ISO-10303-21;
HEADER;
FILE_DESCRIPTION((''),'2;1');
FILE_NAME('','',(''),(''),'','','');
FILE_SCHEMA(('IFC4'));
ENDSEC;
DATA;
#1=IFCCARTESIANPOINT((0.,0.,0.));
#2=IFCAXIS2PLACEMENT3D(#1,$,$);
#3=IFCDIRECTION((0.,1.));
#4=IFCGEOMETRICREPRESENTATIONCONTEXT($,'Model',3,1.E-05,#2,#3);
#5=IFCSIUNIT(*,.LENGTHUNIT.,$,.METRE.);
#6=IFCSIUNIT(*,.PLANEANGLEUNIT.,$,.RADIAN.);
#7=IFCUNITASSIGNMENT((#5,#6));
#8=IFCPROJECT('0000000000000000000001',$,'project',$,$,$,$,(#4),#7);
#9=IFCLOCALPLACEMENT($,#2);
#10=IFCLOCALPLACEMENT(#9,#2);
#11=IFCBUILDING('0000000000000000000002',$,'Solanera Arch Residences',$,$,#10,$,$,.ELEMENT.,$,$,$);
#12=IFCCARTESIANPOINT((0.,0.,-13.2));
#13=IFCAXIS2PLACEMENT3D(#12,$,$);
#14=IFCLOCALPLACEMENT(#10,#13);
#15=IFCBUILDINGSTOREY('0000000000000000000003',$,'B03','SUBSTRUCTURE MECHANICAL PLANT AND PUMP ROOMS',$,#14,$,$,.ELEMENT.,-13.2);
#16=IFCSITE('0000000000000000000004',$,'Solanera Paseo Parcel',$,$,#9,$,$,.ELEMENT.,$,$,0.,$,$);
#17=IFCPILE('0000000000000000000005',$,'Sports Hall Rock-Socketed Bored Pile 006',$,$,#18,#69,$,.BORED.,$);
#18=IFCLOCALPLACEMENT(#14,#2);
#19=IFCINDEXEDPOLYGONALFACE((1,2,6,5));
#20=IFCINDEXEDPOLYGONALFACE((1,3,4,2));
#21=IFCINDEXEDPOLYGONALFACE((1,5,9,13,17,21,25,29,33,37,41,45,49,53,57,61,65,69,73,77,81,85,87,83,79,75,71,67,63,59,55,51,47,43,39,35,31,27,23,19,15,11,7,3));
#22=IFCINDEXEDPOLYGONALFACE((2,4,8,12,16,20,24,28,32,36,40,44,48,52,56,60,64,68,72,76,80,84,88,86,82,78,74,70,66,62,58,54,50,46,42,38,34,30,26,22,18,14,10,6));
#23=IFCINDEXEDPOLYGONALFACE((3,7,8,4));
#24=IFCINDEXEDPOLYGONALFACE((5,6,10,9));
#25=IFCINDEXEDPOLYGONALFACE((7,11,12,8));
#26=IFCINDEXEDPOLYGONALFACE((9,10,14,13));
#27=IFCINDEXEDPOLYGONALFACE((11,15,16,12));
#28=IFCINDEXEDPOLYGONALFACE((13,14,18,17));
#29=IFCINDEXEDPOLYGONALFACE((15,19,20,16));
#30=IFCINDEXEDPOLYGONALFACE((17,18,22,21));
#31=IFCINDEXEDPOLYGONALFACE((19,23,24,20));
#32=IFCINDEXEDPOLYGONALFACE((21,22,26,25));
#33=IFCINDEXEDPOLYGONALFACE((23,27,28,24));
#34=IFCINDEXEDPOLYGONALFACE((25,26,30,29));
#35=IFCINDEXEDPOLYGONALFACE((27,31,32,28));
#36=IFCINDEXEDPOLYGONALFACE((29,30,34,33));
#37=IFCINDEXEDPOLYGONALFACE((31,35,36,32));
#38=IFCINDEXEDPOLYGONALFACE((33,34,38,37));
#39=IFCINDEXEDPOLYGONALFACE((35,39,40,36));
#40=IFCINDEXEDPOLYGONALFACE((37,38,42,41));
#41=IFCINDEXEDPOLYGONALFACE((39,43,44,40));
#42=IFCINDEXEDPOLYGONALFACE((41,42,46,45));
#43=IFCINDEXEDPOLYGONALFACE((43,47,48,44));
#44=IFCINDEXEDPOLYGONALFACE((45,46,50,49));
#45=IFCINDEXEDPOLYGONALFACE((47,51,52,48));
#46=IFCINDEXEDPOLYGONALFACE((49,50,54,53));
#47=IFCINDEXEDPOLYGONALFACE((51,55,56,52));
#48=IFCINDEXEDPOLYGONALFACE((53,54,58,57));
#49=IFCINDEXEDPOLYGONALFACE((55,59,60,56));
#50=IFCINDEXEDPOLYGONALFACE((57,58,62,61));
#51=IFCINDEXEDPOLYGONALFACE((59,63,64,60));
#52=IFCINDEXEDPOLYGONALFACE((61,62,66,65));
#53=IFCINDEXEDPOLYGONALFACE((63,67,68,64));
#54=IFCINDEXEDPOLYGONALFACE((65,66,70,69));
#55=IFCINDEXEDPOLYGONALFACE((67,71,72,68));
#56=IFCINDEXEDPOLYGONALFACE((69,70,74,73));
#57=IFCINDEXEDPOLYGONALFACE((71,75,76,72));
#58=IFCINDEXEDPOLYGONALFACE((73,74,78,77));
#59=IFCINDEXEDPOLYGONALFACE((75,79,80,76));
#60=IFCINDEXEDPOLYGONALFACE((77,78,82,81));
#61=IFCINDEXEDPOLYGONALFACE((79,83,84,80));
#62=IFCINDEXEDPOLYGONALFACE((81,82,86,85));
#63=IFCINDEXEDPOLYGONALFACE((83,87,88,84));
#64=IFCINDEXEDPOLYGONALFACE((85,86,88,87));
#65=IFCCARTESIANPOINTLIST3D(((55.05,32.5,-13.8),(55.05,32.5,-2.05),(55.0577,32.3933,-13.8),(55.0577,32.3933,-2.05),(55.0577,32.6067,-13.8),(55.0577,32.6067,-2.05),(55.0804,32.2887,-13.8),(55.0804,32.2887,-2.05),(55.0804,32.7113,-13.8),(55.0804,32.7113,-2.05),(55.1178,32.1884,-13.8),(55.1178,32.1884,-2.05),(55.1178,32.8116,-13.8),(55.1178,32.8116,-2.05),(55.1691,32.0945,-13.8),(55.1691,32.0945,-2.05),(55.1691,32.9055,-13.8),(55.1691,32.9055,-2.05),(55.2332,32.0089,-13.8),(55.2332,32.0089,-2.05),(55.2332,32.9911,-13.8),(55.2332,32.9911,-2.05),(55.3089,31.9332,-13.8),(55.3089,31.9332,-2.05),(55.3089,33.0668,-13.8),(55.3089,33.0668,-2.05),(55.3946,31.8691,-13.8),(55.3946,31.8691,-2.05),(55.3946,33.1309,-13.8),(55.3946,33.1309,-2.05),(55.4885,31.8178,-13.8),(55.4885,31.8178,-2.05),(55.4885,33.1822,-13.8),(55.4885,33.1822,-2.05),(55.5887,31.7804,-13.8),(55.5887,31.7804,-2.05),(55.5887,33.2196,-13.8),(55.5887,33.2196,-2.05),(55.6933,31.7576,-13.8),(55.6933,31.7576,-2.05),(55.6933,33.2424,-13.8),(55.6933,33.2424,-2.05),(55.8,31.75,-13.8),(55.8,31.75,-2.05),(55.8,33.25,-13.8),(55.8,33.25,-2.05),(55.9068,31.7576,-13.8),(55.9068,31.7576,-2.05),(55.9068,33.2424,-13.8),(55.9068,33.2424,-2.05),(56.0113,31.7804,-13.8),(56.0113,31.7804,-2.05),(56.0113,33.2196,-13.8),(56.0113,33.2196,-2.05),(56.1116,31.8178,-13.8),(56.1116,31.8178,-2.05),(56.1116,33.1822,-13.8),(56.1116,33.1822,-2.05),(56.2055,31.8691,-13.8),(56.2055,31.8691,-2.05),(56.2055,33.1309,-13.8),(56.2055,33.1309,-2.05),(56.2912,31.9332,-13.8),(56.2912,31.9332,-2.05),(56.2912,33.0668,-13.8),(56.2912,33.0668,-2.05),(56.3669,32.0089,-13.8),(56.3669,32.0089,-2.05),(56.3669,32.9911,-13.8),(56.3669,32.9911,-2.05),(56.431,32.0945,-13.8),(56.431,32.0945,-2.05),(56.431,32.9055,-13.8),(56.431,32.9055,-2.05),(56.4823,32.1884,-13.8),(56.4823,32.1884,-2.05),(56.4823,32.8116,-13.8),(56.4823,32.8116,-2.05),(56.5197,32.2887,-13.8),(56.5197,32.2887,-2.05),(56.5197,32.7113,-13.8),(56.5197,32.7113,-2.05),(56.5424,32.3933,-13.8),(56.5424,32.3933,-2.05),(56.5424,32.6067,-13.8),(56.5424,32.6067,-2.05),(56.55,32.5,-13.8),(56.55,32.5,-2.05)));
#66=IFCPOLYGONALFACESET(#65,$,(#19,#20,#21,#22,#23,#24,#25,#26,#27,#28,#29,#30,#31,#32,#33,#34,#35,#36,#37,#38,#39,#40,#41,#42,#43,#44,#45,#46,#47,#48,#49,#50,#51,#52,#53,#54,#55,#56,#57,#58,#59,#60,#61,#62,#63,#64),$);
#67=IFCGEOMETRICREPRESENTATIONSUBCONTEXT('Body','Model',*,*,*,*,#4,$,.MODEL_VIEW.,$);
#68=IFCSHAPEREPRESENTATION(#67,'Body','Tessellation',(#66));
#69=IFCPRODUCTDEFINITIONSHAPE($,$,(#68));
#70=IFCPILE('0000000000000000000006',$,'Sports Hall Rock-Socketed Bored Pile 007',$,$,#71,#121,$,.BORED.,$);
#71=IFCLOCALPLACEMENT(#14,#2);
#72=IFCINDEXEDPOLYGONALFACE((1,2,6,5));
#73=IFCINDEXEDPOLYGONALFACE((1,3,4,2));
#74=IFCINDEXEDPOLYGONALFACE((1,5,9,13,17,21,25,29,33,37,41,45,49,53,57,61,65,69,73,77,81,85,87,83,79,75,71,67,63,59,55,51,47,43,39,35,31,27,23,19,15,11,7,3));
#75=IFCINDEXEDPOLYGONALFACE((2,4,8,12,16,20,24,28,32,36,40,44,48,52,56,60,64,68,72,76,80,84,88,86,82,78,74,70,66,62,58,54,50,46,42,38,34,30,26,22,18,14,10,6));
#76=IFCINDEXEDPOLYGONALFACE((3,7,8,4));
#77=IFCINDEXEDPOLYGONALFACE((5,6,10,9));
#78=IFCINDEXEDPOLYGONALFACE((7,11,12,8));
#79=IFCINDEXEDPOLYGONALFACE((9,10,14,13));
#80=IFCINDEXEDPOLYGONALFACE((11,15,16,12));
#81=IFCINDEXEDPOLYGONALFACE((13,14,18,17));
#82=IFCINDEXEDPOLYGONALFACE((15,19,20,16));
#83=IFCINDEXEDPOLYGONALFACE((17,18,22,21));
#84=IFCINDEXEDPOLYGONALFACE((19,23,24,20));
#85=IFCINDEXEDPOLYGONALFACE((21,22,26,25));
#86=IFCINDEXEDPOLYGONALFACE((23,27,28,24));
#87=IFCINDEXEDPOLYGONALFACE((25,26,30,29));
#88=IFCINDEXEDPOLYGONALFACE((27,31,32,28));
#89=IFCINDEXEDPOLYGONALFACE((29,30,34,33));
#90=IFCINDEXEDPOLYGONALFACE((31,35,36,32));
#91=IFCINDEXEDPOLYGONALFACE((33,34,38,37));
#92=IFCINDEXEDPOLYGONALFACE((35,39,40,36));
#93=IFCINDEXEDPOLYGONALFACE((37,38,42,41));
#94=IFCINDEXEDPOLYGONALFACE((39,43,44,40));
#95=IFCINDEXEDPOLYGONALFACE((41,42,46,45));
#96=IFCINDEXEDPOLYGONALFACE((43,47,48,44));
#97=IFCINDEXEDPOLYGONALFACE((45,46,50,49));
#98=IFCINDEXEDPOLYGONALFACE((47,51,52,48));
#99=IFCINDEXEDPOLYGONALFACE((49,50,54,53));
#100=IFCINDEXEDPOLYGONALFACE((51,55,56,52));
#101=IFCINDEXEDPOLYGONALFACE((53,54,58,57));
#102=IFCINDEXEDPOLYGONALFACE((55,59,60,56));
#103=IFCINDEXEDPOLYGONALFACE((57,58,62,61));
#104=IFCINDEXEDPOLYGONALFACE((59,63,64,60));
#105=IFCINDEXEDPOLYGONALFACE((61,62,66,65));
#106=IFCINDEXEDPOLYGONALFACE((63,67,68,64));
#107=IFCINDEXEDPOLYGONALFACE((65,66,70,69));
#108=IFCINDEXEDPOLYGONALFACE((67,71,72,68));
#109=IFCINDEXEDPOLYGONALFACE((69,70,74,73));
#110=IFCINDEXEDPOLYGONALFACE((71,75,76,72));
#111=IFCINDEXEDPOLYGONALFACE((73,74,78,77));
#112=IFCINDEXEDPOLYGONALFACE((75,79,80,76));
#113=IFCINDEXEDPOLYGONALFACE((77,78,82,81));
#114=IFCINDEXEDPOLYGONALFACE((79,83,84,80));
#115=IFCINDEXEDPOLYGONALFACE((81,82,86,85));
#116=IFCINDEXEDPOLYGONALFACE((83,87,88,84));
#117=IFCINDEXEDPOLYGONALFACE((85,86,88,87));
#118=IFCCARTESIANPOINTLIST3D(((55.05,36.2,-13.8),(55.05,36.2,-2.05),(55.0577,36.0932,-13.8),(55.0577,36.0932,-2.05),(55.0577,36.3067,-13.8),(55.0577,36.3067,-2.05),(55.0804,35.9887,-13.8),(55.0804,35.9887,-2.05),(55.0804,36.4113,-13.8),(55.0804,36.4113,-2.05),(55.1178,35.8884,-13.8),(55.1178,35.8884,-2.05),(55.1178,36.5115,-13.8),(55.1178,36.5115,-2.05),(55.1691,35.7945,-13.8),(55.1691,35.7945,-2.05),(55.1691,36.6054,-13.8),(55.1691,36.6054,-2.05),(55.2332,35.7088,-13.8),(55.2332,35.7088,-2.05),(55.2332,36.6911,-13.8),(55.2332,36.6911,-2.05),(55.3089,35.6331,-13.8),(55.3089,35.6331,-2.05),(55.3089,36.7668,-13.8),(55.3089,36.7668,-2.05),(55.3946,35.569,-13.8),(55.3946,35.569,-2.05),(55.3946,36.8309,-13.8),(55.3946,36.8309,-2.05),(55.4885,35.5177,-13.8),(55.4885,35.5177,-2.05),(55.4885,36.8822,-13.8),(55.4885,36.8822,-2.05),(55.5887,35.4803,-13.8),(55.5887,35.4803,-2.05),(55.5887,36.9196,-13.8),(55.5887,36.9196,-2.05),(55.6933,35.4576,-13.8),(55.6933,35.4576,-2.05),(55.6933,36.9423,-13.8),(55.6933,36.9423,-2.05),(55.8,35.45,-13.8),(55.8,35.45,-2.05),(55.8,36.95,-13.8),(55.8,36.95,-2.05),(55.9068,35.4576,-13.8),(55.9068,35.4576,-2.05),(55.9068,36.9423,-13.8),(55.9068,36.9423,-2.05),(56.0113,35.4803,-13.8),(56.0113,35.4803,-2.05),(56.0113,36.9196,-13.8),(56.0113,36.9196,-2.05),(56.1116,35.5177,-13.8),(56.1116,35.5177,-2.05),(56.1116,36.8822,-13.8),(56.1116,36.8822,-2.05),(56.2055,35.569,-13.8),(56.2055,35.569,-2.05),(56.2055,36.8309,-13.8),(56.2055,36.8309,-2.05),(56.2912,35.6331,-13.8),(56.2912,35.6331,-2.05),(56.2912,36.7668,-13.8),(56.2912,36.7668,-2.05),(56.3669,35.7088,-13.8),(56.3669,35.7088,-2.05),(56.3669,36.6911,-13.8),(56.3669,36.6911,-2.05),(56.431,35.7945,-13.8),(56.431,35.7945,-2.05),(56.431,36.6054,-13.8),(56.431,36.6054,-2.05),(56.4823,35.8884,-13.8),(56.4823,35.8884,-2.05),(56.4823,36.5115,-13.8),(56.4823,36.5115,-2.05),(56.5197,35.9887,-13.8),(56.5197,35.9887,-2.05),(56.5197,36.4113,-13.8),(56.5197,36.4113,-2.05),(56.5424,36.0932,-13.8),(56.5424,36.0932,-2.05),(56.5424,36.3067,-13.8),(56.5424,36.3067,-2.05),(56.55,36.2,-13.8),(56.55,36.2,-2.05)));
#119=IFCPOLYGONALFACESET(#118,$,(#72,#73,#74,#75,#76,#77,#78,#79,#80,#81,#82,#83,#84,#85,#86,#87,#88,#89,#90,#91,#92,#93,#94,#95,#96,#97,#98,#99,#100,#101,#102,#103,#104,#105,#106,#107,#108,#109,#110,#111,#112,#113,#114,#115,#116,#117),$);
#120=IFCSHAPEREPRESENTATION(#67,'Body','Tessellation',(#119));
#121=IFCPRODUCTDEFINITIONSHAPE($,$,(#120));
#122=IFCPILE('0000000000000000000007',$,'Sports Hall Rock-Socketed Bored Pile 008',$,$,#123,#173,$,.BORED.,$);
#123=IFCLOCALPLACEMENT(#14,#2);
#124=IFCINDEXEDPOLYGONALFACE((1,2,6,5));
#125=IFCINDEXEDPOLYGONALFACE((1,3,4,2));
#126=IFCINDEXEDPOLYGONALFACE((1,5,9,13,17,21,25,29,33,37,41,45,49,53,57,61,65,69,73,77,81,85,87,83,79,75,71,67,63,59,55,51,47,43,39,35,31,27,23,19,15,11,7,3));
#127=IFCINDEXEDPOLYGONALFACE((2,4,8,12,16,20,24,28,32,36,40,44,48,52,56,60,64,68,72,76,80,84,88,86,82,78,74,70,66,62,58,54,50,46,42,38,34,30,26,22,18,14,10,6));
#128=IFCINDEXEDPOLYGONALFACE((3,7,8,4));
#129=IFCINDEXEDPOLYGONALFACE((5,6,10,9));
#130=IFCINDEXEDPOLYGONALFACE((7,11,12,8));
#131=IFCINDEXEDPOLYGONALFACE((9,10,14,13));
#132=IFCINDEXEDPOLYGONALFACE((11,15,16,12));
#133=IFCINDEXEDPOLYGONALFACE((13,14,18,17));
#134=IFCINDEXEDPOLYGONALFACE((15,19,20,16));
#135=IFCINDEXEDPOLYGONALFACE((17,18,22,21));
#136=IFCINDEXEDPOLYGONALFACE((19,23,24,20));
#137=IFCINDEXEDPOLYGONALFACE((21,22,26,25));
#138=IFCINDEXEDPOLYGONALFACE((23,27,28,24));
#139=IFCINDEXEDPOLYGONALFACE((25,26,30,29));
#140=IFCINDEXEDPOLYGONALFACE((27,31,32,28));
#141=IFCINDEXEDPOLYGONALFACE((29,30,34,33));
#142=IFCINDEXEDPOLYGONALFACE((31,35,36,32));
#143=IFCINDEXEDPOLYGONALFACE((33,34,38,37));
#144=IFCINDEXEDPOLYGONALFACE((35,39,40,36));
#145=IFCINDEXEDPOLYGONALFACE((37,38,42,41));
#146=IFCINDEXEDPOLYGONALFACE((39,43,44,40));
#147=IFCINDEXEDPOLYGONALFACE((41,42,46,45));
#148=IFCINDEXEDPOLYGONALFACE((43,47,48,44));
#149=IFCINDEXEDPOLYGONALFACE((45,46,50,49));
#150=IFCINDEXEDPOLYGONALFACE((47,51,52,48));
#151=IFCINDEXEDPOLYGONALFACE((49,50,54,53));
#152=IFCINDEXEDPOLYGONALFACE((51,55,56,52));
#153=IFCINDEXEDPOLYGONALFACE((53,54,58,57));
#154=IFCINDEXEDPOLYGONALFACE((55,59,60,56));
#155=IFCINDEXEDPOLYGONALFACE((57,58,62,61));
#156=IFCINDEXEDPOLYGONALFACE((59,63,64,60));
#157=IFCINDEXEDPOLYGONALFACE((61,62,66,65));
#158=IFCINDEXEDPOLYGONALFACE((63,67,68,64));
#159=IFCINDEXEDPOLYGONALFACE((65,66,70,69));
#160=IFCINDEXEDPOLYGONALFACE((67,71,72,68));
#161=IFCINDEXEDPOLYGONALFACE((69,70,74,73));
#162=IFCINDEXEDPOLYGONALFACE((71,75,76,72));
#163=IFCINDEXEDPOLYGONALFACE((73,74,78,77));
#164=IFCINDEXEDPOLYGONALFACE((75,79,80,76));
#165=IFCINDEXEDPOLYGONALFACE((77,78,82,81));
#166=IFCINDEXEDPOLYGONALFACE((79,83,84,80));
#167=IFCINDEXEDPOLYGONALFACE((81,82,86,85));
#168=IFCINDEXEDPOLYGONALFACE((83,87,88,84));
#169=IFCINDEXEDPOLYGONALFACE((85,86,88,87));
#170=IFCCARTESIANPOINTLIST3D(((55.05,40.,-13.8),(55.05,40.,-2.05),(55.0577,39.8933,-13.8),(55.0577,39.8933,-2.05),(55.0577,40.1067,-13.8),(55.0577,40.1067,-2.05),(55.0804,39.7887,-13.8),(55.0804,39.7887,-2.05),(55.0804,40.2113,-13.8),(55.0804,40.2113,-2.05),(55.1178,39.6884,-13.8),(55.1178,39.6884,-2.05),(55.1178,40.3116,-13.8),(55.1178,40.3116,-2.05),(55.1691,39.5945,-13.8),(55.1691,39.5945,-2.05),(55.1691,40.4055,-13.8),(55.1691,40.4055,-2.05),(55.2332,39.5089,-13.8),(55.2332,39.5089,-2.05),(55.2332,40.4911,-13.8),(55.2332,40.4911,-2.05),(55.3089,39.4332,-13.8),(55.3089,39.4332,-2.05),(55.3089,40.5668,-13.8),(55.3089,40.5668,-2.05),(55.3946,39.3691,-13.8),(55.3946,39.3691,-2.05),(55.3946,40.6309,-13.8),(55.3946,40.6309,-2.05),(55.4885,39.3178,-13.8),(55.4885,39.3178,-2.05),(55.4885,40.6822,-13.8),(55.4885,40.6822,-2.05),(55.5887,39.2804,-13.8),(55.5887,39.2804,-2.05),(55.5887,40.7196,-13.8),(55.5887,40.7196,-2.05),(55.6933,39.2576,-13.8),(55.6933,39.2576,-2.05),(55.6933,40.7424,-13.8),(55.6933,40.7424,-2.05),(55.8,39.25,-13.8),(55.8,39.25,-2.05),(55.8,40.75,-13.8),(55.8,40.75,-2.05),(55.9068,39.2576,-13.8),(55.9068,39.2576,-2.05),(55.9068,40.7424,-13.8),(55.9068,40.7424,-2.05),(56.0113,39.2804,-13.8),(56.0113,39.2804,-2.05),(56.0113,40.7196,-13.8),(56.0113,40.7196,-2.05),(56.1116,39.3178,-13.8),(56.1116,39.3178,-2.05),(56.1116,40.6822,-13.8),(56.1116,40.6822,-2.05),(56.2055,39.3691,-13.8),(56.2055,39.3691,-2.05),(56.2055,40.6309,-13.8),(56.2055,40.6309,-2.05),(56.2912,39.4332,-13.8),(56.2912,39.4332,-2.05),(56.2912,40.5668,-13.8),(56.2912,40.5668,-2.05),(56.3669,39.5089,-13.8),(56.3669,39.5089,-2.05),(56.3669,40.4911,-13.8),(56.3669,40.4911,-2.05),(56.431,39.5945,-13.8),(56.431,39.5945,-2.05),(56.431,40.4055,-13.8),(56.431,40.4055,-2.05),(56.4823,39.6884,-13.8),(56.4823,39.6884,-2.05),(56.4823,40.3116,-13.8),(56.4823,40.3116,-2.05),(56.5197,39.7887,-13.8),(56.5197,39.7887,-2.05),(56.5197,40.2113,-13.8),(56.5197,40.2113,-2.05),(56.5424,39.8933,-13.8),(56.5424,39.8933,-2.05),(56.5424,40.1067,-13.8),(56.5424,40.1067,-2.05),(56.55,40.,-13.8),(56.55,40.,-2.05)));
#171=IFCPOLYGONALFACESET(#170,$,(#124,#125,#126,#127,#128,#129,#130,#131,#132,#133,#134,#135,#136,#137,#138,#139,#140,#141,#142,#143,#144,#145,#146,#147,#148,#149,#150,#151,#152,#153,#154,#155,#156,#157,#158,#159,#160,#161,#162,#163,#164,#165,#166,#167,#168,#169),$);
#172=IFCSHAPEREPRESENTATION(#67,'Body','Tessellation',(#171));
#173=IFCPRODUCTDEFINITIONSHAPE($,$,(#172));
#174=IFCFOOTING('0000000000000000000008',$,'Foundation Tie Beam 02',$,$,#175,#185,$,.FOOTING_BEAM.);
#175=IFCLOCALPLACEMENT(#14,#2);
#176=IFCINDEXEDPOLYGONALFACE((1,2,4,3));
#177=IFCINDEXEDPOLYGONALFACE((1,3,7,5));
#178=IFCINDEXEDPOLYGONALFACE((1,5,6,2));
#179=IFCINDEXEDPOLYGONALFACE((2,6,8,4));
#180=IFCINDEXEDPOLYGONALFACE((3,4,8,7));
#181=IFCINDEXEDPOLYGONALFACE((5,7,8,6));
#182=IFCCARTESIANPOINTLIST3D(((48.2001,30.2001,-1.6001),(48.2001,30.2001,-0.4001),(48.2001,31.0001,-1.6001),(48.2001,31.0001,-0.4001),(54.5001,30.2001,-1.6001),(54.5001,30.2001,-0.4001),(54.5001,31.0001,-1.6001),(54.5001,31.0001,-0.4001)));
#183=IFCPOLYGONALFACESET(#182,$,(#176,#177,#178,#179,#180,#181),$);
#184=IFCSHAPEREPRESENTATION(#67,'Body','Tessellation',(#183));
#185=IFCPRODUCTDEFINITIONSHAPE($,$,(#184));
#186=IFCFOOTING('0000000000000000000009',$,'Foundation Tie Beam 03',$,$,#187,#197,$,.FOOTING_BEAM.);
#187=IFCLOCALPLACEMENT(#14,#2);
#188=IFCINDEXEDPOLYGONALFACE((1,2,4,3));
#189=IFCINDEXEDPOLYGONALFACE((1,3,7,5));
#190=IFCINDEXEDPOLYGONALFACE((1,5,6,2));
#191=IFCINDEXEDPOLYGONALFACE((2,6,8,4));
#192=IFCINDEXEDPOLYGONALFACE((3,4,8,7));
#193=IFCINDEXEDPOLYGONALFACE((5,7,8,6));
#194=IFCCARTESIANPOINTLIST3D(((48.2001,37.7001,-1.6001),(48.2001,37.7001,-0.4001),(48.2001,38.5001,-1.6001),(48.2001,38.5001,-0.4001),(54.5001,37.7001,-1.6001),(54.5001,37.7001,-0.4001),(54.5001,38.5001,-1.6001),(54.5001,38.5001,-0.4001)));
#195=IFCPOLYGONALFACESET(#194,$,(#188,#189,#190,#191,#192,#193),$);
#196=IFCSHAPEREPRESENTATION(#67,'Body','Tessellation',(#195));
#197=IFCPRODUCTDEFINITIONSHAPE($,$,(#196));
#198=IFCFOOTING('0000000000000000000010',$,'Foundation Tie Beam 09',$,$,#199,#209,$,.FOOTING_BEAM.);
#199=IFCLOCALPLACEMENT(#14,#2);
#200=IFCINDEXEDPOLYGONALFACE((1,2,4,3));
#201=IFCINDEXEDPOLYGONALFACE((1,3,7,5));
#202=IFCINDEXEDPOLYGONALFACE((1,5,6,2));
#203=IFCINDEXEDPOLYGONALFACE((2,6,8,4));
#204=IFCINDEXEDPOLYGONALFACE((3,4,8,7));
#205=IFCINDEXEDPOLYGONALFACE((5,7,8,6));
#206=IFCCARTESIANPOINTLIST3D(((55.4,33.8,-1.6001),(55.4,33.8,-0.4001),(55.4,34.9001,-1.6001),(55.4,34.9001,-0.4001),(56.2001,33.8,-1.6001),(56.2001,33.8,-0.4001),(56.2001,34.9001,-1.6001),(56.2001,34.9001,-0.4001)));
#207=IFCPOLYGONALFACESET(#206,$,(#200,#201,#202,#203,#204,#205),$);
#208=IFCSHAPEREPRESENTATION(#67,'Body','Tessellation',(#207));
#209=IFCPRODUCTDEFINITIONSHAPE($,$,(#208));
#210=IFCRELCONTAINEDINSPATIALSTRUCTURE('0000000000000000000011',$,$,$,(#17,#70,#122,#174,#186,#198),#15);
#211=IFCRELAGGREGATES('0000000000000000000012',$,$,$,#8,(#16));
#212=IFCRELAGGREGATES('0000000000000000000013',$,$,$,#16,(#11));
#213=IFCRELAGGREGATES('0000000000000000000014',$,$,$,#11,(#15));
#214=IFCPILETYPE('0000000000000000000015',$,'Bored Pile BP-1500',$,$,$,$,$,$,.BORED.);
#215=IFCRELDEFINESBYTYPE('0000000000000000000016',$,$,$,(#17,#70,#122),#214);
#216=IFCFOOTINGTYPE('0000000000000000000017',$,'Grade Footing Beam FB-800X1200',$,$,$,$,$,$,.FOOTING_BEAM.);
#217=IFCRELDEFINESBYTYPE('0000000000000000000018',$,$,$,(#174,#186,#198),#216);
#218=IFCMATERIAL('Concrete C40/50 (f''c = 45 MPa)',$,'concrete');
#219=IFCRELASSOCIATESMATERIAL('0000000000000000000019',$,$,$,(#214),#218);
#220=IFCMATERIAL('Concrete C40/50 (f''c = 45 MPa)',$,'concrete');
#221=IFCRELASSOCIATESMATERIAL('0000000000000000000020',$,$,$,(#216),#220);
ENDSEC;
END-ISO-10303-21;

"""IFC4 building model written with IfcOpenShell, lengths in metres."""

from ifc_helpers import new_model, si_unit, direction, frame, origin, origin_2d, place, context, subcontext, project, spatial, rectangle, circle, extrude, material, material_profile, profile_set, type_object, element, save


model = new_model("IFC4")

# Units and contexts
model_context = context("Model", 3, precision=1e-05, world=origin(), true_north=direction((0.0, 1.0)))
body_context = subcontext(model_context, "Body", "Model", "MODEL_VIEW")
ifc_project = project(units=[si_unit("LENGTHUNIT", "METRE"), si_unit("PLANEANGLEUNIT", "RADIAN")], contexts=[model_context])

# Site, building, storey
site_placement = place(None, origin())
site = spatial("IfcSite", under=ifc_project, at=site_placement, Name="Solanera Paseo Parcel", CompositionType="ELEMENT", RefElevation=0.0)
building_placement = place(site_placement, origin())
building = spatial("IfcBuilding", under=site, at=building_placement, Name="Solanera Arch Residences", CompositionType="ELEMENT")
storey_placement = place(building_placement, frame((0.0, 0.0, -13.2)))
storey = spatial("IfcBuildingStorey", under=building, at=storey_placement, Name="B03", Description="SUBSTRUCTURE MECHANICAL PLANT AND PUMP ROOMS", CompositionType="ELEMENT", Elevation=-13.2)

# Piles
ifc_material_1 = material(Name="Concrete C40/50 (f'c = 45 MPa)", Category="concrete")
ifc_material_profile_1 = material_profile(ifc_material_1, circle(Radius=0.75, at=origin_2d()))
ifc_profile_set_1 = profile_set([ifc_material_profile_1], Name="Concrete C40/50 (f'c = 45 MPa)")
pile_type = type_object("IfcPileType", Name="Bored Pile BP-1500", PredefinedType="BORED", material=ifc_profile_set_1)
for number, where, z_axis, x_axis, name in (
    (1, (55.8, 32.5, -2.05), (0.0, 0.0, -1.0), (1.0, 0.0, 0.0), "Sports Hall Rock-Socketed Bored Pile 006"),
    (2, (55.8, 36.2, -2.05), (0.0, 0.0, -1.0), (1.0, 0.0, 0.0), "Sports Hall Rock-Socketed Bored Pile 007"),
    (3, (55.8, 40.0, -2.05), (0.0, 0.0, -1.0), (1.0, 0.0, 0.0), "Sports Hall Rock-Socketed Bored Pile 008"),
):
    element("IfcPile", number, at=place(storey_placement, frame(where, z_axis=z_axis, x_axis=x_axis)), inside=storey, type_object=pile_type, Name=name, PredefinedType="BORED", context=body_context, shape_type="SweptSolid", body=[
        extrude(circle(Radius=0.75, at=origin_2d()), origin(), (0.0, 0.0, 1.0), 11.75),
    ])

# Footings
ifc_material_2 = material(Name="Concrete C40/50 (f'c = 45 MPa)", Category="concrete")
footing_type_1 = type_object("IfcFootingType", Name="Grade Footing Beam FB-800X1200", PredefinedType="FOOTING_BEAM", material=ifc_material_2)
for number, where, z_axis, x_axis, name in (
    (4, (51.3501, 30.6001, -1.6001), (0.0, 0.0, 1.0), (1.0, 0.0, 0.0), "Foundation Tie Beam 02"),
    (5, (51.3501, 38.1001, -1.6001), (0.0, 0.0, 1.0), (1.0, 0.0, 0.0), "Foundation Tie Beam 03"),
):
    element("IfcFooting", number, at=place(storey_placement, frame(where, z_axis=z_axis, x_axis=x_axis)), inside=storey, type_object=footing_type_1, Name=name, PredefinedType="FOOTING_BEAM", context=body_context, shape_type="SweptSolid", body=[
        extrude(rectangle(XDim=6.3, YDim=0.8, at=origin_2d()), origin(), (0.0, 0.0, 1.0), 1.2),
    ])
footing_1_placement = place(storey_placement, frame((55.8, 34.3501, -1.6001), z_axis=(0.0, 0.0, 1.0), x_axis=(1.0, 0.0, 0.0)))
element("IfcFooting", 6, at=footing_1_placement, inside=storey, type_object=footing_type_1, Name="Foundation Tie Beam 09", PredefinedType="FOOTING_BEAM", context=body_context, shape_type="SweptSolid", body=[
    extrude(rectangle(XDim=0.8, YDim=1.1001, at=origin_2d()), origin(), (0.0, 0.0, 1.0), 1.2),
])

save(model, "model.ifc")
